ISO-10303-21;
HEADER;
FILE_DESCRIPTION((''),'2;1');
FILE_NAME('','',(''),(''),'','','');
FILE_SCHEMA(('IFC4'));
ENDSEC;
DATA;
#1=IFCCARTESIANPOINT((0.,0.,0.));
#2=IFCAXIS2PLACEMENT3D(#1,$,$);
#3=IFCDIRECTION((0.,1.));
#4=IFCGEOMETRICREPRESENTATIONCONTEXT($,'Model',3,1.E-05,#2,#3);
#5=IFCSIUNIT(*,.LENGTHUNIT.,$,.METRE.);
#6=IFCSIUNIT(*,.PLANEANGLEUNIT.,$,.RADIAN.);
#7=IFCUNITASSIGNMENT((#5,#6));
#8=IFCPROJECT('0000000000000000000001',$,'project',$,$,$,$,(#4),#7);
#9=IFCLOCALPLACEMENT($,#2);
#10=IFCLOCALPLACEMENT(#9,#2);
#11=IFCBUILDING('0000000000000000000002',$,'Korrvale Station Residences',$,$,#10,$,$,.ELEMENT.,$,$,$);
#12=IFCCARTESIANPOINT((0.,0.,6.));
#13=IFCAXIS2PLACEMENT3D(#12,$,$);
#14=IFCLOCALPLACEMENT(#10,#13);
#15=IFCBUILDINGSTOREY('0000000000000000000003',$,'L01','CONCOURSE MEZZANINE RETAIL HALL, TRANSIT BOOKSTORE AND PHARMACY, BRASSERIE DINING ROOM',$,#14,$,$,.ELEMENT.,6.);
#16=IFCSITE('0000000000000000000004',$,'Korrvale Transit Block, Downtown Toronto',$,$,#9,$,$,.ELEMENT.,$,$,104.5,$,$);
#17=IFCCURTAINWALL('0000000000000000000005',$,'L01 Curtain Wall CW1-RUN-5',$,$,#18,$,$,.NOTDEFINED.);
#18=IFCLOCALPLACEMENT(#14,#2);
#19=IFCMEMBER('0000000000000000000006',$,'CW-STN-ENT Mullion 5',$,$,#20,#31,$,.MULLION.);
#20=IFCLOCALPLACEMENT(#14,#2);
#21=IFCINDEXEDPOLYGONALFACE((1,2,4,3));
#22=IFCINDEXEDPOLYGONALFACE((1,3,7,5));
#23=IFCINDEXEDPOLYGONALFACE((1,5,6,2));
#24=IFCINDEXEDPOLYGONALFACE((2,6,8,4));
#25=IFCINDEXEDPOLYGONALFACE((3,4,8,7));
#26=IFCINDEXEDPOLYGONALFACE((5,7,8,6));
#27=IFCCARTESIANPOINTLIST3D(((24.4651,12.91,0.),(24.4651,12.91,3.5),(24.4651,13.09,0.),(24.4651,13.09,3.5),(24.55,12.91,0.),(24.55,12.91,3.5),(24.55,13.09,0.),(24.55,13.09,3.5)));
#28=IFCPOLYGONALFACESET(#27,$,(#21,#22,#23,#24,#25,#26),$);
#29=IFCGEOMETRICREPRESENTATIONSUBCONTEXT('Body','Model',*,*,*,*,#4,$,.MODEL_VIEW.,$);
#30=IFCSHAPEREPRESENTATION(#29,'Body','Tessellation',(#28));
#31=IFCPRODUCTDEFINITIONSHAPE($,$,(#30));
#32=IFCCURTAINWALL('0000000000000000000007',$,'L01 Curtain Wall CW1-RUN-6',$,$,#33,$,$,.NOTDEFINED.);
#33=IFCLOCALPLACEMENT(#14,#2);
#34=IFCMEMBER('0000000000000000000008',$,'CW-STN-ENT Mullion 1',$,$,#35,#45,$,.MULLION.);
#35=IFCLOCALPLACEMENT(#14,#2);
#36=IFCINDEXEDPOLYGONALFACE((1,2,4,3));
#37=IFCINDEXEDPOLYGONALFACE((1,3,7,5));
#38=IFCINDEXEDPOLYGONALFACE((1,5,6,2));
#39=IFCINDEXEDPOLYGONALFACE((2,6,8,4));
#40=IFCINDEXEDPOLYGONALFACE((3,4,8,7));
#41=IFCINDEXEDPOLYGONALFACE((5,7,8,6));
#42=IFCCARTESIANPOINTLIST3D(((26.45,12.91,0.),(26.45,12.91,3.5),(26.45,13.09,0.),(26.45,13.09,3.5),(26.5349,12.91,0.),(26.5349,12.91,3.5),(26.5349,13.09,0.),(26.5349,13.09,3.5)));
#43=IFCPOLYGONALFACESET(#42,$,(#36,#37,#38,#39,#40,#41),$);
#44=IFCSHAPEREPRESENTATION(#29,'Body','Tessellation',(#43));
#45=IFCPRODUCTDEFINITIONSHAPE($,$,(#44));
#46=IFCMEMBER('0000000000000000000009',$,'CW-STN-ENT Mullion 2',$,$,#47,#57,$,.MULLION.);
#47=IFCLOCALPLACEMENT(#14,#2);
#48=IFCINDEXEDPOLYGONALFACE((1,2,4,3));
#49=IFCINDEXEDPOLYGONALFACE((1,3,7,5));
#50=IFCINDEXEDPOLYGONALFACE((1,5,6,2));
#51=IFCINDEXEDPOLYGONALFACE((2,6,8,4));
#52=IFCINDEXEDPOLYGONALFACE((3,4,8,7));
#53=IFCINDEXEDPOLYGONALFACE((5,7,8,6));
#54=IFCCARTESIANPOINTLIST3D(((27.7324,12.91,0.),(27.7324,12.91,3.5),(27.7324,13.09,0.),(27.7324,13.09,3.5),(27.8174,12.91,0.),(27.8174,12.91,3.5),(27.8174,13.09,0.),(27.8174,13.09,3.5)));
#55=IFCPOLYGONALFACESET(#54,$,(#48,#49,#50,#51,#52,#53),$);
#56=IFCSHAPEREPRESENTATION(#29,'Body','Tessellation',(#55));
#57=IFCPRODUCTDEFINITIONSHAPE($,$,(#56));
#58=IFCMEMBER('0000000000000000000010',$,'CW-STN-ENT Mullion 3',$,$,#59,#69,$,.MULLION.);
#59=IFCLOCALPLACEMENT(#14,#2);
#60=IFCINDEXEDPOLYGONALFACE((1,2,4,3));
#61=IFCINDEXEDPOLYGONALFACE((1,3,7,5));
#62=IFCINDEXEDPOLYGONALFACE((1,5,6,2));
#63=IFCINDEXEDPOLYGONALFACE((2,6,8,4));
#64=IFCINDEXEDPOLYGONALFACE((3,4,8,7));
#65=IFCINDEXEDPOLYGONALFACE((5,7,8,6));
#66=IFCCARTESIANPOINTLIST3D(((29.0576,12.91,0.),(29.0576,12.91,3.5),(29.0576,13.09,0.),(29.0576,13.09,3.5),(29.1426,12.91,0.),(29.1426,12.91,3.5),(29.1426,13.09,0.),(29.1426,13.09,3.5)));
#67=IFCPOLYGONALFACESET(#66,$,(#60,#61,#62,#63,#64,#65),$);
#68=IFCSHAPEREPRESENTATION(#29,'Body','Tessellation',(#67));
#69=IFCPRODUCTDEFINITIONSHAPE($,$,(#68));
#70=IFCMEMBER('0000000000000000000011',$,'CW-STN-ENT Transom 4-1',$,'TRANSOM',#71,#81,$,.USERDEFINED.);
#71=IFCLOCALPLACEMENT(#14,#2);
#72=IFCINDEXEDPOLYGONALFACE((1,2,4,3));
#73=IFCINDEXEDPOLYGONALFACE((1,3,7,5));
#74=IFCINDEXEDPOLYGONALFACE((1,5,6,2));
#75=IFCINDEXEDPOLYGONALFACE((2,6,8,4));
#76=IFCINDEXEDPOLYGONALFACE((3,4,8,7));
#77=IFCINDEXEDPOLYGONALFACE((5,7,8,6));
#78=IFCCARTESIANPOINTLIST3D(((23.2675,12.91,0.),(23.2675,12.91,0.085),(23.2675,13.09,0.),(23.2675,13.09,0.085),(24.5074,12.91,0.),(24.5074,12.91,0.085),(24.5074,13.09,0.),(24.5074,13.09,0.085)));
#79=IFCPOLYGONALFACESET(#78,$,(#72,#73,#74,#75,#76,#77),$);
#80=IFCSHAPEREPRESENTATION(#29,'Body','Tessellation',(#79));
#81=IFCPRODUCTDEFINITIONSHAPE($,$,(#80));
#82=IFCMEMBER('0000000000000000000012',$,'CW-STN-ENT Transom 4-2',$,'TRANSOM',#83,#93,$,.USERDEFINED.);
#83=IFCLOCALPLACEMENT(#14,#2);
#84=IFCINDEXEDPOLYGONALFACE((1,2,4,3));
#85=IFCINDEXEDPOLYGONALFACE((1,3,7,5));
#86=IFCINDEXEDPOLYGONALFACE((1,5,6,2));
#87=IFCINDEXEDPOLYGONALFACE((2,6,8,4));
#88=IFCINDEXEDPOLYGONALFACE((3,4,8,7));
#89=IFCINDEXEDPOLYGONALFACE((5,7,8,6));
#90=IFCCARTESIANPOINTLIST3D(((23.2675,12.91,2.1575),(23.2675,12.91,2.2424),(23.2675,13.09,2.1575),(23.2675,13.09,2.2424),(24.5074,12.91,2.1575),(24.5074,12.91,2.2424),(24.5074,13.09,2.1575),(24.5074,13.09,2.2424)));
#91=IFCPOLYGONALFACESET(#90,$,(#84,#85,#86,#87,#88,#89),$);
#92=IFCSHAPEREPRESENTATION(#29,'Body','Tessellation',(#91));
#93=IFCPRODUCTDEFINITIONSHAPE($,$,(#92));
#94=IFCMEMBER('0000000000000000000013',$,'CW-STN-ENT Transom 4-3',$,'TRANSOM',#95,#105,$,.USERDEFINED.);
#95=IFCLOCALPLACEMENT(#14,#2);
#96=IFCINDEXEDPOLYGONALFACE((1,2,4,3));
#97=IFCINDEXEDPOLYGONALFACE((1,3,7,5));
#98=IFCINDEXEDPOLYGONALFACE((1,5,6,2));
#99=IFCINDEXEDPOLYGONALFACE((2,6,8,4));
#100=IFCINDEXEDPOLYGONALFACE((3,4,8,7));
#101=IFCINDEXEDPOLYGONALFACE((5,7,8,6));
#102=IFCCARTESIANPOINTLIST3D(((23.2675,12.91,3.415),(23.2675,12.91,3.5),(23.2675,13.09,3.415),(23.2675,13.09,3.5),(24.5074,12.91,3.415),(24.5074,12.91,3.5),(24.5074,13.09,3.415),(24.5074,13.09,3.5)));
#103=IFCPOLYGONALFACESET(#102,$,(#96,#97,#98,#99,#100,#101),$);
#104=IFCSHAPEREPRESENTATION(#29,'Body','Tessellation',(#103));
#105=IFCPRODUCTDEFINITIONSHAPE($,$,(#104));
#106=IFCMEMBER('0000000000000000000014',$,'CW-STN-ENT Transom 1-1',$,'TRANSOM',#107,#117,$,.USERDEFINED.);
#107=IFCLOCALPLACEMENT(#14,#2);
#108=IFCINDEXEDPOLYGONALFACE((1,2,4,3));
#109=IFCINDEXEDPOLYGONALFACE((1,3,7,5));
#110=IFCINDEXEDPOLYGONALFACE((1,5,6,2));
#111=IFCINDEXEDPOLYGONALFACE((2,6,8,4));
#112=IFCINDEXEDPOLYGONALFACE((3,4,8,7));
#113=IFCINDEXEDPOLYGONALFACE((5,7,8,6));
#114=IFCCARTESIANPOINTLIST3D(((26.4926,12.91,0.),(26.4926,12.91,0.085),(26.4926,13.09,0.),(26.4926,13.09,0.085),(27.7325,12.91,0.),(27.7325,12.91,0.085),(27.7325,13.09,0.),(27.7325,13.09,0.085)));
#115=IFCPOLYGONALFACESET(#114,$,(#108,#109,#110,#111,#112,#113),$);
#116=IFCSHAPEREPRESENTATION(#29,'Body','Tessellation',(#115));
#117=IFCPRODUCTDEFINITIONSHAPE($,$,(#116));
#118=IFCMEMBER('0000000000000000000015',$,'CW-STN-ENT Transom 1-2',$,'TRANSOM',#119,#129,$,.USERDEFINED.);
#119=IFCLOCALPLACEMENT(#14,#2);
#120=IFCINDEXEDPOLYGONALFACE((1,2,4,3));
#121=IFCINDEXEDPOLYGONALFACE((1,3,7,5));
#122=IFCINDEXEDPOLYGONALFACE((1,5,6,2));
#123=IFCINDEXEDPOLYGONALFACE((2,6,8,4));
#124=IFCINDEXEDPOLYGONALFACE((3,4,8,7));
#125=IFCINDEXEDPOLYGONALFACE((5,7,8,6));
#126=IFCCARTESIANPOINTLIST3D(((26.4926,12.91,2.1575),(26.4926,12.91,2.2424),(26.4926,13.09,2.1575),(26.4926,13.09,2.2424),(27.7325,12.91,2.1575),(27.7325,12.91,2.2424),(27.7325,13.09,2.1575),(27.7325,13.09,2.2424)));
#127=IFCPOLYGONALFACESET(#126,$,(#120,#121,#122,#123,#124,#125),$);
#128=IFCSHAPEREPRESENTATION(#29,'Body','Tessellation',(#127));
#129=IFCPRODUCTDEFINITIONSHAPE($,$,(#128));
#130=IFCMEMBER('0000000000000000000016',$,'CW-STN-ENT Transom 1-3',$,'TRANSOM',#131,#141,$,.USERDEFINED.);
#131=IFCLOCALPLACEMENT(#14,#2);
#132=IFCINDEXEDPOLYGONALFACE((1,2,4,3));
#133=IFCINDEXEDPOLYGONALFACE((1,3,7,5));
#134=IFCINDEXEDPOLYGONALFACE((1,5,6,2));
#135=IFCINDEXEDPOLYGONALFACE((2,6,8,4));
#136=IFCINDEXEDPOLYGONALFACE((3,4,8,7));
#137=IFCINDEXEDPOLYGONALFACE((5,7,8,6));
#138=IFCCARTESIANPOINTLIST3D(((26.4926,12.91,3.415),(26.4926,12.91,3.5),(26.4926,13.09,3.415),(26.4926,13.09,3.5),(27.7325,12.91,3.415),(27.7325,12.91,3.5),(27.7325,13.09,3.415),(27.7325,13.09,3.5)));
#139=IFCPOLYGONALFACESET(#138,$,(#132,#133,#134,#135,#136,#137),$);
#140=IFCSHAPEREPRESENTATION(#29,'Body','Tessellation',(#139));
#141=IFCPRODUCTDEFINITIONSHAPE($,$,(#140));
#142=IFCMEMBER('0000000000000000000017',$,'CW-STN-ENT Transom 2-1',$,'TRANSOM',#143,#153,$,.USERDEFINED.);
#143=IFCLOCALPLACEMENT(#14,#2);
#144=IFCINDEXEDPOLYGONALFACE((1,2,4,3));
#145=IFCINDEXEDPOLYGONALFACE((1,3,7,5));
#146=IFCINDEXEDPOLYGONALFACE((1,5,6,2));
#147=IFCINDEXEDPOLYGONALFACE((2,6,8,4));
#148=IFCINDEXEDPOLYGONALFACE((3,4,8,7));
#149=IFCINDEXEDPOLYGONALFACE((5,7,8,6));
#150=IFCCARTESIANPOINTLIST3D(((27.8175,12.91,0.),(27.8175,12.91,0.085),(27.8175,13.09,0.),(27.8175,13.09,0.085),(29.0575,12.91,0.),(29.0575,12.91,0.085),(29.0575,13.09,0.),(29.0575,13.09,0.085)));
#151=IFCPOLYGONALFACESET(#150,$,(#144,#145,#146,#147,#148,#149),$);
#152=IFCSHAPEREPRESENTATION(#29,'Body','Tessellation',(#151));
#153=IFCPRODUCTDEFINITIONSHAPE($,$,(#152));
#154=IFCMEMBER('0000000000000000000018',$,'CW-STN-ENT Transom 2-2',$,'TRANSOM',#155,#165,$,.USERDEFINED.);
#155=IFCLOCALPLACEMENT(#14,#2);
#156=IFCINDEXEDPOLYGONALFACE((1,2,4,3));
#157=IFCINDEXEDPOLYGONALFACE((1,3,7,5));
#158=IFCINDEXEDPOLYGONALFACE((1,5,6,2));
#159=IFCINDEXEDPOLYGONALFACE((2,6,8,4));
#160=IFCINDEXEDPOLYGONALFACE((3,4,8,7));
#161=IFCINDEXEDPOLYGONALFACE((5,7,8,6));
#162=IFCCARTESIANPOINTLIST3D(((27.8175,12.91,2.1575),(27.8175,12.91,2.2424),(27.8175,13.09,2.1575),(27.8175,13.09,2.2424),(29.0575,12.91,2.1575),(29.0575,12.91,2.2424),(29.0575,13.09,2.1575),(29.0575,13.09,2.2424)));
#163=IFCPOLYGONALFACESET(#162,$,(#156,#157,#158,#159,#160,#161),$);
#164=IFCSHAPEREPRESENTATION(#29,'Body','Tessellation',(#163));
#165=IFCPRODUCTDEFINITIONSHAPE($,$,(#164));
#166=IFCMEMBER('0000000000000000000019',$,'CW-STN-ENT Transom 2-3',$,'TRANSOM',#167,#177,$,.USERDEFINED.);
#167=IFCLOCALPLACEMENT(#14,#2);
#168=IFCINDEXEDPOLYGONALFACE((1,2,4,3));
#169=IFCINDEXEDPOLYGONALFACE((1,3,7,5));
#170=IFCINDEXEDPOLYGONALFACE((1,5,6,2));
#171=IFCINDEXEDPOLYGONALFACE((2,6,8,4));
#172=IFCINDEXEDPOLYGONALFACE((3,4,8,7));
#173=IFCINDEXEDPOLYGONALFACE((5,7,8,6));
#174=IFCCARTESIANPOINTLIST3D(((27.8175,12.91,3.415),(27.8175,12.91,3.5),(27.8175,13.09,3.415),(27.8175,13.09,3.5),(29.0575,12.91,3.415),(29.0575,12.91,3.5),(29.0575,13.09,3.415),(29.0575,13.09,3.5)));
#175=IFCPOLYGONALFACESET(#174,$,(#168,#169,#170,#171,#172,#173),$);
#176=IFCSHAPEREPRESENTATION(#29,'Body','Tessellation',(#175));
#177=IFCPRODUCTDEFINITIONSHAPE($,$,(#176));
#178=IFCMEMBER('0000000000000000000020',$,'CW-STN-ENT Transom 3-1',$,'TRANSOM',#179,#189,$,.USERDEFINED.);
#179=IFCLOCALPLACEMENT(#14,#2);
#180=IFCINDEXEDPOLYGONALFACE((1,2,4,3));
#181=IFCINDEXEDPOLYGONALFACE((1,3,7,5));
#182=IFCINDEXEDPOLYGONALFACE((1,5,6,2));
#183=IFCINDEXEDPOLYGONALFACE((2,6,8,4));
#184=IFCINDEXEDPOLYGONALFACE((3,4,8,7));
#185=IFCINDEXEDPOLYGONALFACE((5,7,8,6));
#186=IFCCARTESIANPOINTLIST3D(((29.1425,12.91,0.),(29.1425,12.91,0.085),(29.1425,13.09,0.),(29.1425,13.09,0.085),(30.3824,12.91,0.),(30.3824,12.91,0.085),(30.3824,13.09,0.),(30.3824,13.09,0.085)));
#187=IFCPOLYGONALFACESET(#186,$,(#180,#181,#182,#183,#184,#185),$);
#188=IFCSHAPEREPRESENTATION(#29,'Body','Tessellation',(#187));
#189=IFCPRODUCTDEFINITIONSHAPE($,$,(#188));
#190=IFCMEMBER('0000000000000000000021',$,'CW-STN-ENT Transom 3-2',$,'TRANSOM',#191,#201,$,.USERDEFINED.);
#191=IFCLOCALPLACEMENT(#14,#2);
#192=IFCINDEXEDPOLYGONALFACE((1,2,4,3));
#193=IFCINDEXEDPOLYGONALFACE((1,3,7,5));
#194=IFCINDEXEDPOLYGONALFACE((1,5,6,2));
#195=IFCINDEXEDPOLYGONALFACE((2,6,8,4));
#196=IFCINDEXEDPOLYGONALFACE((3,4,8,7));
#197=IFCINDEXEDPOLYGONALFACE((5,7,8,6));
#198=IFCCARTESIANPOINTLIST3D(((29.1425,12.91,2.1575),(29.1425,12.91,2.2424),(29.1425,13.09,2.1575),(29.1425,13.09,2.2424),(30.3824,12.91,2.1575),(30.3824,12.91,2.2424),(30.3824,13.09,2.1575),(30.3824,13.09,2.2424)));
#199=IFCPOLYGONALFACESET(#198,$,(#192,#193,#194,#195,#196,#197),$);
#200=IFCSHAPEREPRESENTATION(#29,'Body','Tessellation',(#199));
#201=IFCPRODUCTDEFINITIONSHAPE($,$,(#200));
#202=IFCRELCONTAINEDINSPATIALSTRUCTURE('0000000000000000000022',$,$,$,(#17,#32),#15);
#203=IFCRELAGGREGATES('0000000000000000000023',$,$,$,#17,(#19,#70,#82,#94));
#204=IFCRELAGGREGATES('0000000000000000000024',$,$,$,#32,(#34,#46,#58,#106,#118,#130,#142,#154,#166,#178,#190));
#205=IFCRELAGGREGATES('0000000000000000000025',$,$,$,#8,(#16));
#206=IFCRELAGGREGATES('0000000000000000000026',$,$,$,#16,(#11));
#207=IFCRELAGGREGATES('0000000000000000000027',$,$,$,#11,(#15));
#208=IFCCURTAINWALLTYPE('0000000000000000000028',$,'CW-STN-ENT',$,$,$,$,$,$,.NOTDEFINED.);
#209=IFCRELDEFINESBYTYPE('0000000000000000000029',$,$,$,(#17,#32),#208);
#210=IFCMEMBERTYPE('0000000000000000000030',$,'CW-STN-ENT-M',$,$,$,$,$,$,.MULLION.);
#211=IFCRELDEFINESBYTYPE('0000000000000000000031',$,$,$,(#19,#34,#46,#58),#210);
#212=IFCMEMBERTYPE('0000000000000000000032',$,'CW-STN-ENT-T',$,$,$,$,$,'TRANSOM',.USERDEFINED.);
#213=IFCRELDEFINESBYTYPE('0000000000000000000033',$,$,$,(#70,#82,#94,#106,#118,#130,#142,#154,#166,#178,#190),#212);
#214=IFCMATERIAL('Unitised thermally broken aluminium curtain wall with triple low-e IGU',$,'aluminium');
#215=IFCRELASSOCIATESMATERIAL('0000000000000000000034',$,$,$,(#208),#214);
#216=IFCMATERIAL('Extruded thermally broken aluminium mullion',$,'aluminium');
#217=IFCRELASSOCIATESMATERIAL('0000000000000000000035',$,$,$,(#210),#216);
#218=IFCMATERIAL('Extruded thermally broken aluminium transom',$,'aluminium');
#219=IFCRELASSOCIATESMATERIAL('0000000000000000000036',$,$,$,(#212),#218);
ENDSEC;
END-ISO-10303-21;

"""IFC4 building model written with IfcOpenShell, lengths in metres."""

from ifc_helpers import new_model, si_unit, direction, frame, origin, origin_2d, place, context, subcontext, project, spatial, rectangle, extrude, material, type_object, element, aggregate, save


model = new_model("IFC4")

# Units and contexts
model_context = context("Model", 3, precision=1e-05, world=origin(), true_north=direction((0.0, 1.0)))
body_context = subcontext(model_context, "Body", "Model", "MODEL_VIEW")
ifc_project = project(units=[si_unit("LENGTHUNIT", "METRE"), si_unit("PLANEANGLEUNIT", "RADIAN")], contexts=[model_context])

# Site, building, storey
site_placement = place(None, origin())
site = spatial("IfcSite", under=ifc_project, at=site_placement, Name="Korrvale Transit Block, Downtown Toronto", CompositionType="ELEMENT", RefElevation=104.5)
building_placement = place(site_placement, origin())
building = spatial("IfcBuilding", under=site, at=building_placement, Name="Korrvale Station Residences", CompositionType="ELEMENT")
storey_placement = place(building_placement, frame((0.0, 0.0, 6.0)))
storey = spatial("IfcBuildingStorey", under=building, at=storey_placement, Name="L01", Description="CONCOURSE MEZZANINE RETAIL HALL, TRANSIT BOOKSTORE AND PHARMACY, BRASSERIE DINING ROOM", CompositionType="ELEMENT", Elevation=6.0)

# Curtain wall, member
ifc_material_1 = material(Name="Unitised thermally broken aluminium curtain wall with triple low-e IGU", Category="aluminium")
curtain_wall_type = type_object("IfcCurtainWallType", Name="CW-STN-ENT", PredefinedType="NOTDEFINED", material=ifc_material_1)
curtain_wall_1_placement = place(storey_placement, origin())
curtain_wall_1 = element("IfcCurtainWall", 1, at=curtain_wall_1_placement, inside=storey, type_object=curtain_wall_type, Name="L01 Curtain Wall CW1-RUN-5", PredefinedType="NOTDEFINED")
ifc_material_2 = material(Name="Extruded thermally broken aluminium mullion", Category="aluminium")
member_type_1 = type_object("IfcMemberType", Name="CW-STN-ENT-M", PredefinedType="MULLION", material=ifc_material_2)
member_1_placement = place(storey_placement, frame((24.5076, 13.0, 0.0), z_axis=(0.0, 0.0, 1.0), x_axis=(1.0, 0.0, 0.0)))
member_1 = element("IfcMember", 2, at=member_1_placement, type_object=member_type_1, Name="CW-STN-ENT Mullion 5", PredefinedType="MULLION", context=body_context, shape_type="SweptSolid", body=[
    extrude(rectangle(XDim=0.085, YDim=0.1799, at=origin_2d()), origin(), (0.0, 0.0, 1.0), 3.5),
])

# Curtain wall, members
curtain_wall_2_placement = place(storey_placement, origin())
curtain_wall_2 = element("IfcCurtainWall", 3, at=curtain_wall_2_placement, inside=storey, type_object=curtain_wall_type, Name="L01 Curtain Wall CW1-RUN-6", PredefinedType="NOTDEFINED")
member_2_placement = place(storey_placement, frame((26.4924, 13.0, 0.0), z_axis=(0.0, 0.0, 1.0), x_axis=(1.0, 0.0, 0.0)))
member_2 = element("IfcMember", 4, at=member_2_placement, type_object=member_type_1, Name="CW-STN-ENT Mullion 1", PredefinedType="MULLION", context=body_context, shape_type="SweptSolid", body=[
    extrude(rectangle(XDim=0.085, YDim=0.1799, at=origin_2d()), origin(), (0.0, 0.0, 1.0), 3.5),
])
member_3_placement = place(storey_placement, frame((27.7749, 13.0, 0.0), z_axis=(0.0, 0.0, 1.0), x_axis=(1.0, 0.0, 0.0)))
member_3 = element("IfcMember", 5, at=member_3_placement, type_object=member_type_1, Name="CW-STN-ENT Mullion 2", PredefinedType="MULLION", context=body_context, shape_type="SweptSolid", body=[
    extrude(rectangle(XDim=0.085, YDim=0.1799, at=origin_2d()), origin(), (0.0, 0.0, 1.0), 3.5),
])
member_4_placement = place(storey_placement, frame((29.1001, 13.0, 0.0), z_axis=(0.0, 0.0, 1.0), x_axis=(1.0, 0.0, 0.0)))
member_4 = element("IfcMember", 6, at=member_4_placement, type_object=member_type_1, Name="CW-STN-ENT Mullion 3", PredefinedType="MULLION", context=body_context, shape_type="SweptSolid", body=[
    extrude(rectangle(XDim=0.085, YDim=0.1799, at=origin_2d()), origin(), (0.0, 0.0, 1.0), 3.5),
])

# Members
ifc_material_3 = material(Name="Extruded thermally broken aluminium transom", Category="aluminium")
member_type_2 = type_object("IfcMemberType", Name="CW-STN-ENT-T", ElementType="TRANSOM", PredefinedType="USERDEFINED", material=ifc_material_3)
member_5_placement = place(storey_placement, frame((23.8875, 13.0, 0.0), z_axis=(0.0, 0.0, 1.0), x_axis=(1.0, 0.0, 0.0)))
member_5 = element("IfcMember", 7, at=member_5_placement, type_object=member_type_2, Name="CW-STN-ENT Transom 4-1", ObjectType="TRANSOM", PredefinedType="USERDEFINED", context=body_context, shape_type="SweptSolid", body=[
    extrude(rectangle(XDim=1.24, YDim=0.1799, at=origin_2d()), origin(), (0.0, 0.0, 1.0), 0.085),
])
member_6_placement = place(storey_placement, frame((23.8875, 13.0, 2.1575), z_axis=(0.0, 0.0, 1.0), x_axis=(1.0, 0.0, 0.0)))
member_6 = element("IfcMember", 8, at=member_6_placement, type_object=member_type_2, Name="CW-STN-ENT Transom 4-2", ObjectType="TRANSOM", PredefinedType="USERDEFINED", context=body_context, shape_type="SweptSolid", body=[
    extrude(rectangle(XDim=1.24, YDim=0.1799, at=origin_2d()), origin(), (0.0, 0.0, 1.0), 0.085),
])
member_7_placement = place(storey_placement, frame((23.8875, 13.0, 3.415), z_axis=(0.0, 0.0, 1.0), x_axis=(1.0, 0.0, 0.0)))
member_7 = element("IfcMember", 9, at=member_7_placement, type_object=member_type_2, Name="CW-STN-ENT Transom 4-3", ObjectType="TRANSOM", PredefinedType="USERDEFINED", context=body_context, shape_type="SweptSolid", body=[
    extrude(rectangle(XDim=1.24, YDim=0.1799, at=origin_2d()), origin(), (0.0, 0.0, 1.0), 0.085),
])
member_8_placement = place(storey_placement, frame((27.1125, 13.0, 0.0), z_axis=(0.0, 0.0, 1.0), x_axis=(1.0, 0.0, 0.0)))
member_8 = element("IfcMember", 10, at=member_8_placement, type_object=member_type_2, Name="CW-STN-ENT Transom 1-1", ObjectType="TRANSOM", PredefinedType="USERDEFINED", context=body_context, shape_type="SweptSolid", body=[
    extrude(rectangle(XDim=1.24, YDim=0.1799, at=origin_2d()), origin(), (0.0, 0.0, 1.0), 0.085),
])
member_9_placement = place(storey_placement, frame((27.1125, 13.0, 2.1575), z_axis=(0.0, 0.0, 1.0), x_axis=(1.0, 0.0, 0.0)))
member_9 = element("IfcMember", 11, at=member_9_placement, type_object=member_type_2, Name="CW-STN-ENT Transom 1-2", ObjectType="TRANSOM", PredefinedType="USERDEFINED", context=body_context, shape_type="SweptSolid", body=[
    extrude(rectangle(XDim=1.24, YDim=0.1799, at=origin_2d()), origin(), (0.0, 0.0, 1.0), 0.085),
])
member_10_placement = place(storey_placement, frame((27.1125, 13.0, 3.415), z_axis=(0.0, 0.0, 1.0), x_axis=(1.0, 0.0, 0.0)))
member_10 = element("IfcMember", 12, at=member_10_placement, type_object=member_type_2, Name="CW-STN-ENT Transom 1-3", ObjectType="TRANSOM", PredefinedType="USERDEFINED", context=body_context, shape_type="SweptSolid", body=[
    extrude(rectangle(XDim=1.24, YDim=0.1799, at=origin_2d()), origin(), (0.0, 0.0, 1.0), 0.085),
])
member_11_placement = place(storey_placement, frame((28.4375, 13.0, 0.0), z_axis=(0.0, 0.0, 1.0), x_axis=(1.0, 0.0, 0.0)))
member_11 = element("IfcMember", 13, at=member_11_placement, type_object=member_type_2, Name="CW-STN-ENT Transom 2-1", ObjectType="TRANSOM", PredefinedType="USERDEFINED", context=body_context, shape_type="SweptSolid", body=[
    extrude(rectangle(XDim=1.24, YDim=0.1799, at=origin_2d()), origin(), (0.0, 0.0, 1.0), 0.085),
])
member_12_placement = place(storey_placement, frame((28.4375, 13.0, 2.1575), z_axis=(0.0, 0.0, 1.0), x_axis=(1.0, 0.0, 0.0)))
member_12 = element("IfcMember", 14, at=member_12_placement, type_object=member_type_2, Name="CW-STN-ENT Transom 2-2", ObjectType="TRANSOM", PredefinedType="USERDEFINED", context=body_context, shape_type="SweptSolid", body=[
    extrude(rectangle(XDim=1.24, YDim=0.1799, at=origin_2d()), origin(), (0.0, 0.0, 1.0), 0.085),
])
member_13_placement = place(storey_placement, frame((28.4375, 13.0, 3.415), z_axis=(0.0, 0.0, 1.0), x_axis=(1.0, 0.0, 0.0)))
member_13 = element("IfcMember", 15, at=member_13_placement, type_object=member_type_2, Name="CW-STN-ENT Transom 2-3", ObjectType="TRANSOM", PredefinedType="USERDEFINED", context=body_context, shape_type="SweptSolid", body=[
    extrude(rectangle(XDim=1.24, YDim=0.1799, at=origin_2d()), origin(), (0.0, 0.0, 1.0), 0.085),
])
member_14_placement = place(storey_placement, frame((29.7625, 13.0, 0.0), z_axis=(0.0, 0.0, 1.0), x_axis=(1.0, 0.0, 0.0)))
member_14 = element("IfcMember", 16, at=member_14_placement, type_object=member_type_2, Name="CW-STN-ENT Transom 3-1", ObjectType="TRANSOM", PredefinedType="USERDEFINED", context=body_context, shape_type="SweptSolid", body=[
    extrude(rectangle(XDim=1.24, YDim=0.1799, at=origin_2d()), origin(), (0.0, 0.0, 1.0), 0.085),
])
member_15_placement = place(storey_placement, frame((29.7625, 13.0, 2.1575), z_axis=(0.0, 0.0, 1.0), x_axis=(1.0, 0.0, 0.0)))
member_15 = element("IfcMember", 17, at=member_15_placement, type_object=member_type_2, Name="CW-STN-ENT Transom 3-2", ObjectType="TRANSOM", PredefinedType="USERDEFINED", context=body_context, shape_type="SweptSolid", body=[
    extrude(rectangle(XDim=1.24, YDim=0.1799, at=origin_2d()), origin(), (0.0, 0.0, 1.0), 0.085),
])

aggregate(curtain_wall_1, [member_1, member_5, member_6, member_7])
aggregate(curtain_wall_2, [member_2, member_3, member_4, member_8, member_9, member_10, member_11, member_12, member_13, member_14, member_15])

save(model, "model.ifc")
